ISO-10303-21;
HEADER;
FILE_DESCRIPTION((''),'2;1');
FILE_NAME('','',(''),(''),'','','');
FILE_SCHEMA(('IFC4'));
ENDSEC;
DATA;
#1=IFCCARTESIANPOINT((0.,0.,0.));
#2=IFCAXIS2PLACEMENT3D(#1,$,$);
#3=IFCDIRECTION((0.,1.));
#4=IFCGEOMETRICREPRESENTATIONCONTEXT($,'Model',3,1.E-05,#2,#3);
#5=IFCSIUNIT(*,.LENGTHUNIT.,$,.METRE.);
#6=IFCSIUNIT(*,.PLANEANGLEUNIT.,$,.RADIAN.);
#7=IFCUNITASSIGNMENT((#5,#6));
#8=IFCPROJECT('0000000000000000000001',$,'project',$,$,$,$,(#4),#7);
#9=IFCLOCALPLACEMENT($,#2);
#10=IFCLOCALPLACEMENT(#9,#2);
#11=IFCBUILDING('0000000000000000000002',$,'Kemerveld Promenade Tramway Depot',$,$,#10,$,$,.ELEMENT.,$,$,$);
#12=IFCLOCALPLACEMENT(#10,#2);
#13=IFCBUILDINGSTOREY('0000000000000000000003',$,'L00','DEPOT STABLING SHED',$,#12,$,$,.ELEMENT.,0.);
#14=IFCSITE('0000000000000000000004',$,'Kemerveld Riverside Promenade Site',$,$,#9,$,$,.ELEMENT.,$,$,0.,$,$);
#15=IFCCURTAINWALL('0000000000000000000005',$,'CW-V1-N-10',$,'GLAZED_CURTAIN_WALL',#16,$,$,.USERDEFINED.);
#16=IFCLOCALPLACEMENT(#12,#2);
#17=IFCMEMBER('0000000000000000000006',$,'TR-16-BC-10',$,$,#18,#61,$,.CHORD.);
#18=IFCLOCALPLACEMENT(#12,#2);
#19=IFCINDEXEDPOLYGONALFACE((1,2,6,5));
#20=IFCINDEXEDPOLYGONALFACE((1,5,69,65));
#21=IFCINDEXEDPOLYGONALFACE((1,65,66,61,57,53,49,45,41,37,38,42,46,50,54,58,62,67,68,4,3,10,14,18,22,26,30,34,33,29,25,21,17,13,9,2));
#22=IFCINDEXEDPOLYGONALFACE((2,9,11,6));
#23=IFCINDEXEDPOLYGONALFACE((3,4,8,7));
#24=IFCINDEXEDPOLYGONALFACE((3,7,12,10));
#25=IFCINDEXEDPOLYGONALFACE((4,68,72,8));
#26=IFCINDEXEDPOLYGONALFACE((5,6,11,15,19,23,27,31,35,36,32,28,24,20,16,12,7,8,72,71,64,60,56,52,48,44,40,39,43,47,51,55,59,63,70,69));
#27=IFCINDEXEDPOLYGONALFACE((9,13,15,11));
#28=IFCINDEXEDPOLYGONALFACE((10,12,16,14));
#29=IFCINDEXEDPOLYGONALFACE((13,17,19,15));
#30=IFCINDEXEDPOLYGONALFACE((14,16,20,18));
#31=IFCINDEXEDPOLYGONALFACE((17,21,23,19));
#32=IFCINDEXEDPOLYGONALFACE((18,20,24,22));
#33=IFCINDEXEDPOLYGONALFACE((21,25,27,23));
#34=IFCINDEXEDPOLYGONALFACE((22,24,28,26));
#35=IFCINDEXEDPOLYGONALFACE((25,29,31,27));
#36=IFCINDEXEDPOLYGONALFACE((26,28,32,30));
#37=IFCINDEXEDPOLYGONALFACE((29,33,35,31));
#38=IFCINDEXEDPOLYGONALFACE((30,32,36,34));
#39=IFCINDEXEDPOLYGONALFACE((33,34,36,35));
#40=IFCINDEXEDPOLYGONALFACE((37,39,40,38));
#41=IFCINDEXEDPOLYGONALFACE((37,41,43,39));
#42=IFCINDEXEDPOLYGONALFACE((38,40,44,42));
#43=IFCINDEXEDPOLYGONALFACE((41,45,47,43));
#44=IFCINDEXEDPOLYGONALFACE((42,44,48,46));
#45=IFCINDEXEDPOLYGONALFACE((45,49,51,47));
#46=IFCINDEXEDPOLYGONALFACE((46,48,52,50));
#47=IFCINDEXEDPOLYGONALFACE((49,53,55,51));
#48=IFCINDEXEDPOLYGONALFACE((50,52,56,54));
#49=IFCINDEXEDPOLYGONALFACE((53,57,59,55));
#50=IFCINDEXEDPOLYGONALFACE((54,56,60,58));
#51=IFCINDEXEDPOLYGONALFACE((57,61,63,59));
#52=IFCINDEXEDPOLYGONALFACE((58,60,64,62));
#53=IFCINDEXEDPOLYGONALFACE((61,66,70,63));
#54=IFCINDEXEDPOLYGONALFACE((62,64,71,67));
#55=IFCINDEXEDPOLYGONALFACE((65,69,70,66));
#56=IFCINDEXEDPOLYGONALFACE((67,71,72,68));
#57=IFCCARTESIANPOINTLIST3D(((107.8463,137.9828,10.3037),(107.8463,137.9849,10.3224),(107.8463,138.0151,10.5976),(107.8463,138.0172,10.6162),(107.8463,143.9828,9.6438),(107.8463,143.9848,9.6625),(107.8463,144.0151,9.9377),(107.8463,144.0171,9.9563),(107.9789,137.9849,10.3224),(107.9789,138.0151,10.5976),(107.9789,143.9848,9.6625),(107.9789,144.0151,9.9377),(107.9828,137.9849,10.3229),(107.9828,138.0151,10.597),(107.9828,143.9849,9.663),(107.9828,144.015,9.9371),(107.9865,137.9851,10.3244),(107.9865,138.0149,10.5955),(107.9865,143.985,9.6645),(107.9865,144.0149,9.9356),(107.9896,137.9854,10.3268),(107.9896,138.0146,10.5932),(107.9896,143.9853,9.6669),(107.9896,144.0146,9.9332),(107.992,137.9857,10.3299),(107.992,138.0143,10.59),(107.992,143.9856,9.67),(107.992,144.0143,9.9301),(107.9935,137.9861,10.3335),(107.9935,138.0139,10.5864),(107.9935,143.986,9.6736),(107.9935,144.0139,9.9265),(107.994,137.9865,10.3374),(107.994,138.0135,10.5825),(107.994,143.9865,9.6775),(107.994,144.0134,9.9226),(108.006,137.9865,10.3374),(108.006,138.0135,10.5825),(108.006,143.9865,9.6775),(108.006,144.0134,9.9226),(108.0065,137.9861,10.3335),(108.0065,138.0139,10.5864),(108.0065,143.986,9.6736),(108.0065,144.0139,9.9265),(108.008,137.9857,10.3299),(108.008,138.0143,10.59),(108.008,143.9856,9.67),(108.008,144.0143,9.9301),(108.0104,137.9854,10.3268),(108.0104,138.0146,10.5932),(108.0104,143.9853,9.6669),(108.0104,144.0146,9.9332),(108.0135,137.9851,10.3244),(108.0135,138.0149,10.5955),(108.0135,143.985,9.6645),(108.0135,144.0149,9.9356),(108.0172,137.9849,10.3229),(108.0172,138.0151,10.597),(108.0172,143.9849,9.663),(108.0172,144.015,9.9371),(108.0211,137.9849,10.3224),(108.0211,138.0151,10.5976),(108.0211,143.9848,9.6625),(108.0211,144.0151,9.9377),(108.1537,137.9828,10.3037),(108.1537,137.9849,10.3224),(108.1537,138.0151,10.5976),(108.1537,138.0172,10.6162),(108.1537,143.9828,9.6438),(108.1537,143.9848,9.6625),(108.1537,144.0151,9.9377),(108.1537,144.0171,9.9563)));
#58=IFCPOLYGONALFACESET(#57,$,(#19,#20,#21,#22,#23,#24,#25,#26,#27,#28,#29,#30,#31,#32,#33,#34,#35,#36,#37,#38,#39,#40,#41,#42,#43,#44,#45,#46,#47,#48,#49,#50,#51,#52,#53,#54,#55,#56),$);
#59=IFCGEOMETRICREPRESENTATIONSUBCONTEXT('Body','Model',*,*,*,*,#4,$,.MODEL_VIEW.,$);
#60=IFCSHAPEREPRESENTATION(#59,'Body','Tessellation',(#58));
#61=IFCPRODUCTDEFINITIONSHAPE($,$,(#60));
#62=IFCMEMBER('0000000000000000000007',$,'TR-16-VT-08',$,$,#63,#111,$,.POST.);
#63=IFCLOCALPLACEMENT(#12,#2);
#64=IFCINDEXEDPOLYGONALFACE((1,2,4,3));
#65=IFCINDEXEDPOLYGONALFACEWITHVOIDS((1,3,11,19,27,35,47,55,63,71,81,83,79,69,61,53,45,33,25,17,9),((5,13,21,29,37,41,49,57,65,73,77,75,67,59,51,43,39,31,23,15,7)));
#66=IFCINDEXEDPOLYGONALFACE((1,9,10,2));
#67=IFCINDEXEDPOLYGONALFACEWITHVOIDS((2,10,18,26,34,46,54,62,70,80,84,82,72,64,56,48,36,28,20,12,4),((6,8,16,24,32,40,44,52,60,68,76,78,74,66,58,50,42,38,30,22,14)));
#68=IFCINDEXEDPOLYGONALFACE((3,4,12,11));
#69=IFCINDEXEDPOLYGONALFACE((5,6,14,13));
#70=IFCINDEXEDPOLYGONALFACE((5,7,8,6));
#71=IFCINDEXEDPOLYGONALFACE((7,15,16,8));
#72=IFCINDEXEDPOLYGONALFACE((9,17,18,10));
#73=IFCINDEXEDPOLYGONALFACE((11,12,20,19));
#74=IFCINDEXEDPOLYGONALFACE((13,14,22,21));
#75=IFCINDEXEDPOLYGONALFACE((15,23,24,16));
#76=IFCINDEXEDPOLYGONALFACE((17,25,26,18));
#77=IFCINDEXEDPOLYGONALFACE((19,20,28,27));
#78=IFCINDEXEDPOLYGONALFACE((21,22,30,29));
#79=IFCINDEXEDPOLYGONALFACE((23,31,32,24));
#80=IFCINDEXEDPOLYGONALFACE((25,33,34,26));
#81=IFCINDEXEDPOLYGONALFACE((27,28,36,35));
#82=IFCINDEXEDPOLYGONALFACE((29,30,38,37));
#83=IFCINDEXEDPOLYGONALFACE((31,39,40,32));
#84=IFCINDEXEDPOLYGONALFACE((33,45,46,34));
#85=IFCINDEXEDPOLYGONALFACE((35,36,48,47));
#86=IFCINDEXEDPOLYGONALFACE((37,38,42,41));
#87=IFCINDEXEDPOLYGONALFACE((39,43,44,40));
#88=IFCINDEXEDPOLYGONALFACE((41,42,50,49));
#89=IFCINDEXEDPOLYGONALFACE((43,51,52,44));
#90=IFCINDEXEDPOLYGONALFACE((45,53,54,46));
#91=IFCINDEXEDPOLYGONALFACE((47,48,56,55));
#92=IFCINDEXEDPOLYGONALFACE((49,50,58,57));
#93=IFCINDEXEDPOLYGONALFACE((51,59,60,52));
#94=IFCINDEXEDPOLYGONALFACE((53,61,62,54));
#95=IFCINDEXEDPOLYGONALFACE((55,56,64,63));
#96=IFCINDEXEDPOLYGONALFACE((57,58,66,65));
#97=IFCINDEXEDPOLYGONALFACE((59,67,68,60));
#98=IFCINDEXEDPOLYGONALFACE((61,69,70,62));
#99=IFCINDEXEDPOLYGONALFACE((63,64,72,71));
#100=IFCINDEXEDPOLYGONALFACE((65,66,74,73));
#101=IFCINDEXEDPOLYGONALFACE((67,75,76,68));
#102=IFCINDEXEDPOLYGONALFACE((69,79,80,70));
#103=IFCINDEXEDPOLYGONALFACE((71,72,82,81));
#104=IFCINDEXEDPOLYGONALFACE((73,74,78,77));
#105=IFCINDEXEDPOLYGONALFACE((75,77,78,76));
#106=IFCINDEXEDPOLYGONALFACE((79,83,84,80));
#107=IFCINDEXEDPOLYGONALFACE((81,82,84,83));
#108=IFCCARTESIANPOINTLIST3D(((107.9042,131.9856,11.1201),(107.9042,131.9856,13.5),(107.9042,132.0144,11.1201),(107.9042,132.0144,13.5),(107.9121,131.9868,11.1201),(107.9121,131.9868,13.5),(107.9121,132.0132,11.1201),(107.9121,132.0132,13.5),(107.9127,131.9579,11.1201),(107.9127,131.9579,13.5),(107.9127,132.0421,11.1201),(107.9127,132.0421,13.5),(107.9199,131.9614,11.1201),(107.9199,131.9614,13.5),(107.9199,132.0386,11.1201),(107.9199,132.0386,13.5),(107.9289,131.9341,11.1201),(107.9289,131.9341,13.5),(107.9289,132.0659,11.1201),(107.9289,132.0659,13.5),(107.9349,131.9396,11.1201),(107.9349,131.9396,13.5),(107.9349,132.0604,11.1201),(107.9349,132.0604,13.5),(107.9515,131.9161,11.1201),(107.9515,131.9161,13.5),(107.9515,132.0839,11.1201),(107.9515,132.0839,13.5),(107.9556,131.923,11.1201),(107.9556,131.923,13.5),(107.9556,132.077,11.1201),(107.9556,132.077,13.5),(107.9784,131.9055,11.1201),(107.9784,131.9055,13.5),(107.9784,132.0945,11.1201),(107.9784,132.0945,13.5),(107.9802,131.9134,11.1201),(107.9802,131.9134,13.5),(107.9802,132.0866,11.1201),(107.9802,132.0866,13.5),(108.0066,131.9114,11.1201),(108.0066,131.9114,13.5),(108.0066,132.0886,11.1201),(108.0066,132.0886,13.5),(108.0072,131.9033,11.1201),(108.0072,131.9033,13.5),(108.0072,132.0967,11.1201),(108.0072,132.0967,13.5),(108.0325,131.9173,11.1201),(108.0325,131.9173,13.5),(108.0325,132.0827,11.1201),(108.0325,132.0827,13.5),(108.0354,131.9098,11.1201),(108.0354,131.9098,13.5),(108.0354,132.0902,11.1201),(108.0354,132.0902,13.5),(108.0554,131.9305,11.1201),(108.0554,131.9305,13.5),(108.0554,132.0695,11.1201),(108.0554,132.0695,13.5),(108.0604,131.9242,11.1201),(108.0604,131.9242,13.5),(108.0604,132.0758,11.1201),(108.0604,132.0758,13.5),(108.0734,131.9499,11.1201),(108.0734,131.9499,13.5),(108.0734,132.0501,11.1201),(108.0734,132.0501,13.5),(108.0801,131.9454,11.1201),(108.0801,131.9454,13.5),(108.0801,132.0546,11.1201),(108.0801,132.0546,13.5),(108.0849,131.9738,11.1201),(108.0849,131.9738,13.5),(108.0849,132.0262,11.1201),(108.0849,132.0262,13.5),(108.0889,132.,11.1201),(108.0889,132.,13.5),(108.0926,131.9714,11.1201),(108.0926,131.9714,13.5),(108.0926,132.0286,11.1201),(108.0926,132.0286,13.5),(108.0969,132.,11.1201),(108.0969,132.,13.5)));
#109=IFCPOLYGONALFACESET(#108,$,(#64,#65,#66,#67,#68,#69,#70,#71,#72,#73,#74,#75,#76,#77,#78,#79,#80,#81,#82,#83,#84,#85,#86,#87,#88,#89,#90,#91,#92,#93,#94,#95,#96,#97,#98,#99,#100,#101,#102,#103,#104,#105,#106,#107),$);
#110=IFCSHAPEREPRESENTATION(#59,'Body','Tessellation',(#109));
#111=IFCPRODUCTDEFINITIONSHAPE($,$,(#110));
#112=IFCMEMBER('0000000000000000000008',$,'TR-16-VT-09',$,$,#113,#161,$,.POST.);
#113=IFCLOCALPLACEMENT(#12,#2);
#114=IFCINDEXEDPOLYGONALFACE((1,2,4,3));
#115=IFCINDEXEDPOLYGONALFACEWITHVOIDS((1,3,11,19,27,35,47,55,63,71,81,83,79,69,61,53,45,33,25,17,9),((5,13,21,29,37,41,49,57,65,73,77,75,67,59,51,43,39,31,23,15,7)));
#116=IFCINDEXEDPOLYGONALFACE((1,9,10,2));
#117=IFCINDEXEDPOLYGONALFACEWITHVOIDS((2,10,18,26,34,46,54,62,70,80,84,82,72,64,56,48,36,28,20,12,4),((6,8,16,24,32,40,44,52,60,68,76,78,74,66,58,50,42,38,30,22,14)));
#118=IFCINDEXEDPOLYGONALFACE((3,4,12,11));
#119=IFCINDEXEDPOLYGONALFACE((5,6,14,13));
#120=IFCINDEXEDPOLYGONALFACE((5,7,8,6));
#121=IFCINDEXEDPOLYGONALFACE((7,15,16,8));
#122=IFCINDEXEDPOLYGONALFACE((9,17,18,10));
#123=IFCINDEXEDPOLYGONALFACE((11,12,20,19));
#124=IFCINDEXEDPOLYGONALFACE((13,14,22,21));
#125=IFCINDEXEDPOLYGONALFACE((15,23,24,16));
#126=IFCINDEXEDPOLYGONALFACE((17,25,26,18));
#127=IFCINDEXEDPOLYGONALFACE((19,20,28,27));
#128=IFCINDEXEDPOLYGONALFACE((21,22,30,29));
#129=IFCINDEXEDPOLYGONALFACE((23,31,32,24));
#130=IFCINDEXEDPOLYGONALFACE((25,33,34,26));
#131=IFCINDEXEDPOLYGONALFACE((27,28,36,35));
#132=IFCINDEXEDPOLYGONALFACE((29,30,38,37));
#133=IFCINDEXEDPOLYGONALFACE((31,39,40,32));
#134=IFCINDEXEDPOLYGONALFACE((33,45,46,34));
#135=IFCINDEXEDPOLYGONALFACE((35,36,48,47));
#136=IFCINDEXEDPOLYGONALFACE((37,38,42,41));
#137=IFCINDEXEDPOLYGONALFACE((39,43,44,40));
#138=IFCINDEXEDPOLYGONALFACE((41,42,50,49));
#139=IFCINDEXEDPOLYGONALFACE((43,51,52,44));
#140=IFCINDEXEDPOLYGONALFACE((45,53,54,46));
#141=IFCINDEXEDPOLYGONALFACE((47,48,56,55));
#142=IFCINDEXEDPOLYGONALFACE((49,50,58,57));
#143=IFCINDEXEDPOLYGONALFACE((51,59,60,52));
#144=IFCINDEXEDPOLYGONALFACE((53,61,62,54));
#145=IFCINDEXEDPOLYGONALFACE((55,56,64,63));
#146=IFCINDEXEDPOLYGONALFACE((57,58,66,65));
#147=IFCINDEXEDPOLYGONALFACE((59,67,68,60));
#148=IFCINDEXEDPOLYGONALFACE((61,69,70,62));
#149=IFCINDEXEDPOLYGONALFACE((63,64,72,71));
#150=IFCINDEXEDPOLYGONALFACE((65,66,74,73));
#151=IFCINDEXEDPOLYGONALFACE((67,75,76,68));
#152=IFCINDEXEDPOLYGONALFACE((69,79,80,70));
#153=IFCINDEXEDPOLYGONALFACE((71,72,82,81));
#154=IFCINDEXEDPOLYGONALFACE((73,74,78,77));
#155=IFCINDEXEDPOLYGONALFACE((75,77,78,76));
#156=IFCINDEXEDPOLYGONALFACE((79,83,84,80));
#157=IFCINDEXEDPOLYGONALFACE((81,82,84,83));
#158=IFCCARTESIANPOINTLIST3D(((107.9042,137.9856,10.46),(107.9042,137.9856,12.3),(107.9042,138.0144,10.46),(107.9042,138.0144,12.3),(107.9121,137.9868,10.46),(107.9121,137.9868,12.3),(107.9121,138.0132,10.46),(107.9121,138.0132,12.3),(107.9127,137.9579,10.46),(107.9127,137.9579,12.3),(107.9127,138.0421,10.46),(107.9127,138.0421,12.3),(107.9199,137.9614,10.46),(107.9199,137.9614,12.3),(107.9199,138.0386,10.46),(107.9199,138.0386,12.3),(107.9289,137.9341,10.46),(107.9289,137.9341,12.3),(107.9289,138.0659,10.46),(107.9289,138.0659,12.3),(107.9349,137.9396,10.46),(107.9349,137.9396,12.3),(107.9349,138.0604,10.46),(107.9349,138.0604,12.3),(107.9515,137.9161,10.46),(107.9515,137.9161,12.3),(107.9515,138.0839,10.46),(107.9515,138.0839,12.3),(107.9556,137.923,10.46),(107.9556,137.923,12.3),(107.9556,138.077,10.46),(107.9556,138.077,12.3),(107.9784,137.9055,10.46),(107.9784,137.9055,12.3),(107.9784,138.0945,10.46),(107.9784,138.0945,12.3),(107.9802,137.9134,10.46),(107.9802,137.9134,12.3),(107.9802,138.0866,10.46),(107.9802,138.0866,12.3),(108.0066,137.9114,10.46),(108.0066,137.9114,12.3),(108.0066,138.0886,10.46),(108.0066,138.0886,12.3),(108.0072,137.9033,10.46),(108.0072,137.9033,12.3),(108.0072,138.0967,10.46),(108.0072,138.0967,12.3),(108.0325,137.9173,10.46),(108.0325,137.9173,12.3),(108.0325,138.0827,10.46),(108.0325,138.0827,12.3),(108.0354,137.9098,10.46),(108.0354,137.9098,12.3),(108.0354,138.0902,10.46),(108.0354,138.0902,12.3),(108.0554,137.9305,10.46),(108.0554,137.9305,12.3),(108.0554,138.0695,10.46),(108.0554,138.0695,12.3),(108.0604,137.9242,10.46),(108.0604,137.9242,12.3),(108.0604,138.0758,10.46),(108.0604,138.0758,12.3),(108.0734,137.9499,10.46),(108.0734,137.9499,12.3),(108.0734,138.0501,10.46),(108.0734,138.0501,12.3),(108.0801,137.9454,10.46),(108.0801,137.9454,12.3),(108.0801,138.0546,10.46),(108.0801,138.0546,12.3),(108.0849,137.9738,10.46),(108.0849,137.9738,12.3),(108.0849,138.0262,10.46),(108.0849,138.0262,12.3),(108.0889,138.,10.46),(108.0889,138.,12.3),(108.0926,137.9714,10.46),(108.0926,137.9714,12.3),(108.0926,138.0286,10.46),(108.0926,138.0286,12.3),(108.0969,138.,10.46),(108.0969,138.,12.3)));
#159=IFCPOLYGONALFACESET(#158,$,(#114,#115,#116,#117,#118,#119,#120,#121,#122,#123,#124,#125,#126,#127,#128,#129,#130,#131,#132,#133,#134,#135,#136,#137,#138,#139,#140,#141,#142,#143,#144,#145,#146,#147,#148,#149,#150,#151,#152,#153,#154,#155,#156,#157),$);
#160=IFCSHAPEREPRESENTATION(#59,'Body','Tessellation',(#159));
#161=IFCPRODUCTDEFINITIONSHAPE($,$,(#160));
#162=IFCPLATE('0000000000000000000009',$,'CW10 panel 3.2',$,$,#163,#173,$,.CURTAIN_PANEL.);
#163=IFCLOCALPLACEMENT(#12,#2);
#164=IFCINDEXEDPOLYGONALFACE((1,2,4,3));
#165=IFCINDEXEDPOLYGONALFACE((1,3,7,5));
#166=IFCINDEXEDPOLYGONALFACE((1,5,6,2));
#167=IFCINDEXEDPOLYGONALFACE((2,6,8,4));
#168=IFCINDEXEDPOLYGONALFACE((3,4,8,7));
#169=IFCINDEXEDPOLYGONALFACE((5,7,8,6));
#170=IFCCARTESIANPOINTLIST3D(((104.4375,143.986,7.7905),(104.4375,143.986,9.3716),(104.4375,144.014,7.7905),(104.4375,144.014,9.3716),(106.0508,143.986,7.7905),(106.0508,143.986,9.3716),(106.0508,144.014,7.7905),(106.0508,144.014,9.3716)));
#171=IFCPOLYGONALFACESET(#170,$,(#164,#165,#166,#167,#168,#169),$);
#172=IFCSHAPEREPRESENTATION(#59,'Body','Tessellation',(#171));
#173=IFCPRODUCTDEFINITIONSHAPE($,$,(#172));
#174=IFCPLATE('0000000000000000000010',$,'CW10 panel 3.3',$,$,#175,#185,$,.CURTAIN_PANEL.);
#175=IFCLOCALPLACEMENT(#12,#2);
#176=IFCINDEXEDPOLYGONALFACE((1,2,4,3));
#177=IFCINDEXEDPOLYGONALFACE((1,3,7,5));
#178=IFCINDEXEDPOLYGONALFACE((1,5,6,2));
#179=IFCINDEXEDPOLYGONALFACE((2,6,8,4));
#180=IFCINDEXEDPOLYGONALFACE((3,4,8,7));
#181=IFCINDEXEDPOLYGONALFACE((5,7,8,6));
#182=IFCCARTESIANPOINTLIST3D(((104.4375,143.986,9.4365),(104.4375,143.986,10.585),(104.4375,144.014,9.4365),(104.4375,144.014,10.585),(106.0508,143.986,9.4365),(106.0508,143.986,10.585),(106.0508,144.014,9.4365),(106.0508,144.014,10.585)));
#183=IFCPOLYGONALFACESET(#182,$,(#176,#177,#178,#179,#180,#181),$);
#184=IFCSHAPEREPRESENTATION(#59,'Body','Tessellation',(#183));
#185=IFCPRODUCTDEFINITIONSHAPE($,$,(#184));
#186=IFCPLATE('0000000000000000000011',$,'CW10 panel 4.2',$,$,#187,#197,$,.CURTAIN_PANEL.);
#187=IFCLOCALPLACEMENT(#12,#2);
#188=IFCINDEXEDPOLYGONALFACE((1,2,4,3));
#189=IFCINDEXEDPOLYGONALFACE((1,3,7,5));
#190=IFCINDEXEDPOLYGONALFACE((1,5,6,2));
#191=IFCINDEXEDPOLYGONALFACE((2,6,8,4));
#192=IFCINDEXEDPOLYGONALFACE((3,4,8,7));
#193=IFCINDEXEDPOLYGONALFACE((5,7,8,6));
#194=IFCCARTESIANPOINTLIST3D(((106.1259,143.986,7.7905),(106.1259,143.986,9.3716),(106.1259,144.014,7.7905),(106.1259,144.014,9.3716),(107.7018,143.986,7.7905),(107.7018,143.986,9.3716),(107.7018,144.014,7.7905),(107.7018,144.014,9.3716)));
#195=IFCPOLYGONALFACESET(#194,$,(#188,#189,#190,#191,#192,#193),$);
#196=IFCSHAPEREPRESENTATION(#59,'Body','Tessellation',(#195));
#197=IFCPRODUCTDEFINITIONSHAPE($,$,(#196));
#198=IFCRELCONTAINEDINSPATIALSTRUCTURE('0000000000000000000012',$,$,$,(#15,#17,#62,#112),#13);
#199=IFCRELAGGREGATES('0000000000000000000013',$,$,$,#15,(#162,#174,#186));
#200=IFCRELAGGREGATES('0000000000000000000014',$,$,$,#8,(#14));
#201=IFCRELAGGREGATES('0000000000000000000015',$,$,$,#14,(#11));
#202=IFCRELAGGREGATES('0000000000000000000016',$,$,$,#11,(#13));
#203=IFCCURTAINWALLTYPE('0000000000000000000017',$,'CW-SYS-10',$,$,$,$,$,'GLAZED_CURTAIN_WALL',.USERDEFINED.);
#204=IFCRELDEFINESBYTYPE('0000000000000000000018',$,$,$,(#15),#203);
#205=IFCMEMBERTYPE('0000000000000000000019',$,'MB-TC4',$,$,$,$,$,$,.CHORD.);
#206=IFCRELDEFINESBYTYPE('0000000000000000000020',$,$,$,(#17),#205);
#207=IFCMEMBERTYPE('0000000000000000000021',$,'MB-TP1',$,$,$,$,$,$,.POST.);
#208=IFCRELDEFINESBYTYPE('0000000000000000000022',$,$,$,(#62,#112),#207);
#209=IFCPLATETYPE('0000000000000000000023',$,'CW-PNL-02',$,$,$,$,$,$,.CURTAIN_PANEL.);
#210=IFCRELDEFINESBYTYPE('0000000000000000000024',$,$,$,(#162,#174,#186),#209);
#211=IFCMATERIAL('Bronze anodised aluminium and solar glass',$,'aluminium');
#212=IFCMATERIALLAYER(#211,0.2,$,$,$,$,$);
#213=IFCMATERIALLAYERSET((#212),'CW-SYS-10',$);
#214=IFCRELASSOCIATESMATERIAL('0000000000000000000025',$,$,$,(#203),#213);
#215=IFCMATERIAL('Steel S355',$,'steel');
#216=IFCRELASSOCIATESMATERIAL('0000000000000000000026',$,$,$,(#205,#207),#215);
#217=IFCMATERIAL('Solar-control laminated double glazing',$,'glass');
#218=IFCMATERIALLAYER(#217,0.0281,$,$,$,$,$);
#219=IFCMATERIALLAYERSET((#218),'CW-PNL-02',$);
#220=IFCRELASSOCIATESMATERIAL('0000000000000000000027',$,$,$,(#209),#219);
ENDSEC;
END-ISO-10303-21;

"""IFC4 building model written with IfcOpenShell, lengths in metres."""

from ifc_helpers import new_model, si_unit, direction, frame, origin, origin_2d, place, context, subcontext, project, spatial, rectangle, hollow_circle, i_section, extrude, material, layer, layer_set, material_profile, profile_set, type_object, element, aggregate, save


model = new_model("IFC4")

# Units and contexts
model_context = context("Model", 3, precision=1e-05, world=origin(), true_north=direction((0.0, 1.0)))
body_context = subcontext(model_context, "Body", "Model", "MODEL_VIEW")
ifc_project = project(units=[si_unit("LENGTHUNIT", "METRE"), si_unit("PLANEANGLEUNIT", "RADIAN")], contexts=[model_context])

# Site, building, storey
site_placement = place(None, origin())
site = spatial("IfcSite", under=ifc_project, at=site_placement, Name="Kemerveld Riverside Promenade Site", CompositionType="ELEMENT", RefElevation=0.0)
building_placement = place(site_placement, origin())
building = spatial("IfcBuilding", under=site, at=building_placement, Name="Kemerveld Promenade Tramway Depot", CompositionType="ELEMENT")
storey_placement = place(building_placement, origin())
storey = spatial("IfcBuildingStorey", under=building, at=storey_placement, Name="L00", Description="DEPOT STABLING SHED", CompositionType="ELEMENT", Elevation=0.0)

# Shared definitions
ifc_material_1 = material(Name="Steel S355", Category="steel")

# Curtain wall
ifc_material_2 = material(Name="Bronze anodised aluminium and solar glass", Category="aluminium")
ifc_layer_1 = layer(ifc_material_2, 0.2)
ifc_layer_set_1 = layer_set([ifc_layer_1], Name="CW-SYS-10")
curtain_wall_type_1 = type_object("IfcCurtainWallType", Name="CW-SYS-10", ElementType="GLAZED_CURTAIN_WALL", PredefinedType="USERDEFINED", material=ifc_layer_set_1)
curtain_wall_1_placement = place(storey_placement, origin())
curtain_wall_1 = element("IfcCurtainWall", 1, at=curtain_wall_1_placement, inside=storey, type_object=curtain_wall_type_1, Name="CW-V1-N-10", ObjectType="GLAZED_CURTAIN_WALL", PredefinedType="USERDEFINED")

# Members
ifc_material_profile_1 = material_profile(ifc_material_1, i_section(OverallWidth=0.3074, OverallDepth=0.3145, WebThickness=0.012, FlangeThickness=0.0188, FilletRadius=0.0151, at=origin_2d()), Name="305x305x118 UC")
ifc_profile_set_1 = profile_set([ifc_material_profile_1], Name="Steel S355")
member_type_1 = type_object("IfcMemberType", Name="MB-TC4", PredefinedType="CHORD", material=ifc_profile_set_1)
for number, where, z_axis, x_axis, name in (
    (2, (108.0, 138.0, 10.46), (0.0, 0.994006, -0.109326), (-1.0, 0.0, 0.0), "TR-16-BC-10"),
):
    element("IfcMember", number, at=place(storey_placement, frame(where, z_axis=z_axis, x_axis=x_axis)), inside=storey, type_object=member_type_1, Name=name, PredefinedType="CHORD", context=body_context, shape_type="SweptSolid", body=[
        extrude(i_section(OverallWidth=0.3074, OverallDepth=0.3145, WebThickness=0.012, FlangeThickness=0.0188, FilletRadius=0.0151, at=origin_2d()), origin(), (0.0, 0.0, 1.0), 6.0361),
    ])
ifc_material_profile_2 = material_profile(ifc_material_1, hollow_circle(Radius=0.0969, WallThickness=0.0081, at=origin_2d()), Name="193.7x8.0 CHS")
ifc_profile_set_2 = profile_set([ifc_material_profile_2], Name="Steel S355")
member_type_2 = type_object("IfcMemberType", Name="MB-TP1", PredefinedType="POST", material=ifc_profile_set_2)
member_1_placement = place(storey_placement, frame((108.0, 132.0, 11.1201), z_axis=(0.0, 0.0, 1.0), x_axis=(1.0, 0.0, 0.0)))
element("IfcMember", 3, at=member_1_placement, inside=storey, type_object=member_type_2, Name="TR-16-VT-08", PredefinedType="POST", context=body_context, shape_type="SweptSolid", body=[
    extrude(hollow_circle(Radius=0.0969, WallThickness=0.0081, at=origin_2d()), origin(), (0.0, 0.0, 1.0), 2.3799),
])
member_2_placement = place(storey_placement, frame((108.0, 138.0, 10.46), z_axis=(0.0, 0.0, 1.0), x_axis=(1.0, 0.0, 0.0)))
element("IfcMember", 4, at=member_2_placement, inside=storey, type_object=member_type_2, Name="TR-16-VT-09", PredefinedType="POST", context=body_context, shape_type="SweptSolid", body=[
    extrude(hollow_circle(Radius=0.0969, WallThickness=0.0081, at=origin_2d()), origin(), (0.0, 0.0, 1.0), 1.8401),
])

# Plates
ifc_material_3 = material(Name="Solar-control laminated double glazing", Category="glass")
ifc_layer_2 = layer(ifc_material_3, 0.0281)
ifc_layer_set_2 = layer_set([ifc_layer_2], Name="CW-PNL-02")
plate_type_1 = type_object("IfcPlateType", Name="CW-PNL-02", PredefinedType="CURTAIN_PANEL", material=ifc_layer_set_2)
plate_1_placement = place(storey_placement, frame((105.2441, 144.0, 7.7905), z_axis=(0.0, 0.0, 1.0), x_axis=(1.0, 0.0, 0.0)))
plate_1 = element("IfcPlate", 5, at=plate_1_placement, type_object=plate_type_1, Name="CW10 panel 3.2", PredefinedType="CURTAIN_PANEL", context=body_context, shape_type="SweptSolid", body=[
    extrude(rectangle(XDim=1.6133, YDim=0.0281, at=origin_2d()), origin(), (0.0, 0.0, 1.0), 1.5811),
])
plate_2_placement = place(storey_placement, frame((105.2441, 144.0, 9.4365), z_axis=(0.0, 0.0, 1.0), x_axis=(1.0, 0.0, 0.0)))
plate_2 = element("IfcPlate", 6, at=plate_2_placement, type_object=plate_type_1, Name="CW10 panel 3.3", PredefinedType="CURTAIN_PANEL", context=body_context, shape_type="SweptSolid", body=[
    extrude(rectangle(XDim=1.6133, YDim=0.0281, at=origin_2d()), origin(), (0.0, 0.0, 1.0), 1.1484),
])
plate_3_placement = place(storey_placement, frame((106.9138, 144.0, 7.7905), z_axis=(0.0, 0.0, 1.0), x_axis=(1.0, 0.0, 0.0)))
plate_3 = element("IfcPlate", 7, at=plate_3_placement, type_object=plate_type_1, Name="CW10 panel 4.2", PredefinedType="CURTAIN_PANEL", context=body_context, shape_type="SweptSolid", body=[
    extrude(rectangle(XDim=1.5759, YDim=0.0281, at=origin_2d()), origin(), (0.0, 0.0, 1.0), 1.5811),
])
aggregate(curtain_wall_1, [plate_1, plate_2, plate_3])

save(model, "model.ifc")
